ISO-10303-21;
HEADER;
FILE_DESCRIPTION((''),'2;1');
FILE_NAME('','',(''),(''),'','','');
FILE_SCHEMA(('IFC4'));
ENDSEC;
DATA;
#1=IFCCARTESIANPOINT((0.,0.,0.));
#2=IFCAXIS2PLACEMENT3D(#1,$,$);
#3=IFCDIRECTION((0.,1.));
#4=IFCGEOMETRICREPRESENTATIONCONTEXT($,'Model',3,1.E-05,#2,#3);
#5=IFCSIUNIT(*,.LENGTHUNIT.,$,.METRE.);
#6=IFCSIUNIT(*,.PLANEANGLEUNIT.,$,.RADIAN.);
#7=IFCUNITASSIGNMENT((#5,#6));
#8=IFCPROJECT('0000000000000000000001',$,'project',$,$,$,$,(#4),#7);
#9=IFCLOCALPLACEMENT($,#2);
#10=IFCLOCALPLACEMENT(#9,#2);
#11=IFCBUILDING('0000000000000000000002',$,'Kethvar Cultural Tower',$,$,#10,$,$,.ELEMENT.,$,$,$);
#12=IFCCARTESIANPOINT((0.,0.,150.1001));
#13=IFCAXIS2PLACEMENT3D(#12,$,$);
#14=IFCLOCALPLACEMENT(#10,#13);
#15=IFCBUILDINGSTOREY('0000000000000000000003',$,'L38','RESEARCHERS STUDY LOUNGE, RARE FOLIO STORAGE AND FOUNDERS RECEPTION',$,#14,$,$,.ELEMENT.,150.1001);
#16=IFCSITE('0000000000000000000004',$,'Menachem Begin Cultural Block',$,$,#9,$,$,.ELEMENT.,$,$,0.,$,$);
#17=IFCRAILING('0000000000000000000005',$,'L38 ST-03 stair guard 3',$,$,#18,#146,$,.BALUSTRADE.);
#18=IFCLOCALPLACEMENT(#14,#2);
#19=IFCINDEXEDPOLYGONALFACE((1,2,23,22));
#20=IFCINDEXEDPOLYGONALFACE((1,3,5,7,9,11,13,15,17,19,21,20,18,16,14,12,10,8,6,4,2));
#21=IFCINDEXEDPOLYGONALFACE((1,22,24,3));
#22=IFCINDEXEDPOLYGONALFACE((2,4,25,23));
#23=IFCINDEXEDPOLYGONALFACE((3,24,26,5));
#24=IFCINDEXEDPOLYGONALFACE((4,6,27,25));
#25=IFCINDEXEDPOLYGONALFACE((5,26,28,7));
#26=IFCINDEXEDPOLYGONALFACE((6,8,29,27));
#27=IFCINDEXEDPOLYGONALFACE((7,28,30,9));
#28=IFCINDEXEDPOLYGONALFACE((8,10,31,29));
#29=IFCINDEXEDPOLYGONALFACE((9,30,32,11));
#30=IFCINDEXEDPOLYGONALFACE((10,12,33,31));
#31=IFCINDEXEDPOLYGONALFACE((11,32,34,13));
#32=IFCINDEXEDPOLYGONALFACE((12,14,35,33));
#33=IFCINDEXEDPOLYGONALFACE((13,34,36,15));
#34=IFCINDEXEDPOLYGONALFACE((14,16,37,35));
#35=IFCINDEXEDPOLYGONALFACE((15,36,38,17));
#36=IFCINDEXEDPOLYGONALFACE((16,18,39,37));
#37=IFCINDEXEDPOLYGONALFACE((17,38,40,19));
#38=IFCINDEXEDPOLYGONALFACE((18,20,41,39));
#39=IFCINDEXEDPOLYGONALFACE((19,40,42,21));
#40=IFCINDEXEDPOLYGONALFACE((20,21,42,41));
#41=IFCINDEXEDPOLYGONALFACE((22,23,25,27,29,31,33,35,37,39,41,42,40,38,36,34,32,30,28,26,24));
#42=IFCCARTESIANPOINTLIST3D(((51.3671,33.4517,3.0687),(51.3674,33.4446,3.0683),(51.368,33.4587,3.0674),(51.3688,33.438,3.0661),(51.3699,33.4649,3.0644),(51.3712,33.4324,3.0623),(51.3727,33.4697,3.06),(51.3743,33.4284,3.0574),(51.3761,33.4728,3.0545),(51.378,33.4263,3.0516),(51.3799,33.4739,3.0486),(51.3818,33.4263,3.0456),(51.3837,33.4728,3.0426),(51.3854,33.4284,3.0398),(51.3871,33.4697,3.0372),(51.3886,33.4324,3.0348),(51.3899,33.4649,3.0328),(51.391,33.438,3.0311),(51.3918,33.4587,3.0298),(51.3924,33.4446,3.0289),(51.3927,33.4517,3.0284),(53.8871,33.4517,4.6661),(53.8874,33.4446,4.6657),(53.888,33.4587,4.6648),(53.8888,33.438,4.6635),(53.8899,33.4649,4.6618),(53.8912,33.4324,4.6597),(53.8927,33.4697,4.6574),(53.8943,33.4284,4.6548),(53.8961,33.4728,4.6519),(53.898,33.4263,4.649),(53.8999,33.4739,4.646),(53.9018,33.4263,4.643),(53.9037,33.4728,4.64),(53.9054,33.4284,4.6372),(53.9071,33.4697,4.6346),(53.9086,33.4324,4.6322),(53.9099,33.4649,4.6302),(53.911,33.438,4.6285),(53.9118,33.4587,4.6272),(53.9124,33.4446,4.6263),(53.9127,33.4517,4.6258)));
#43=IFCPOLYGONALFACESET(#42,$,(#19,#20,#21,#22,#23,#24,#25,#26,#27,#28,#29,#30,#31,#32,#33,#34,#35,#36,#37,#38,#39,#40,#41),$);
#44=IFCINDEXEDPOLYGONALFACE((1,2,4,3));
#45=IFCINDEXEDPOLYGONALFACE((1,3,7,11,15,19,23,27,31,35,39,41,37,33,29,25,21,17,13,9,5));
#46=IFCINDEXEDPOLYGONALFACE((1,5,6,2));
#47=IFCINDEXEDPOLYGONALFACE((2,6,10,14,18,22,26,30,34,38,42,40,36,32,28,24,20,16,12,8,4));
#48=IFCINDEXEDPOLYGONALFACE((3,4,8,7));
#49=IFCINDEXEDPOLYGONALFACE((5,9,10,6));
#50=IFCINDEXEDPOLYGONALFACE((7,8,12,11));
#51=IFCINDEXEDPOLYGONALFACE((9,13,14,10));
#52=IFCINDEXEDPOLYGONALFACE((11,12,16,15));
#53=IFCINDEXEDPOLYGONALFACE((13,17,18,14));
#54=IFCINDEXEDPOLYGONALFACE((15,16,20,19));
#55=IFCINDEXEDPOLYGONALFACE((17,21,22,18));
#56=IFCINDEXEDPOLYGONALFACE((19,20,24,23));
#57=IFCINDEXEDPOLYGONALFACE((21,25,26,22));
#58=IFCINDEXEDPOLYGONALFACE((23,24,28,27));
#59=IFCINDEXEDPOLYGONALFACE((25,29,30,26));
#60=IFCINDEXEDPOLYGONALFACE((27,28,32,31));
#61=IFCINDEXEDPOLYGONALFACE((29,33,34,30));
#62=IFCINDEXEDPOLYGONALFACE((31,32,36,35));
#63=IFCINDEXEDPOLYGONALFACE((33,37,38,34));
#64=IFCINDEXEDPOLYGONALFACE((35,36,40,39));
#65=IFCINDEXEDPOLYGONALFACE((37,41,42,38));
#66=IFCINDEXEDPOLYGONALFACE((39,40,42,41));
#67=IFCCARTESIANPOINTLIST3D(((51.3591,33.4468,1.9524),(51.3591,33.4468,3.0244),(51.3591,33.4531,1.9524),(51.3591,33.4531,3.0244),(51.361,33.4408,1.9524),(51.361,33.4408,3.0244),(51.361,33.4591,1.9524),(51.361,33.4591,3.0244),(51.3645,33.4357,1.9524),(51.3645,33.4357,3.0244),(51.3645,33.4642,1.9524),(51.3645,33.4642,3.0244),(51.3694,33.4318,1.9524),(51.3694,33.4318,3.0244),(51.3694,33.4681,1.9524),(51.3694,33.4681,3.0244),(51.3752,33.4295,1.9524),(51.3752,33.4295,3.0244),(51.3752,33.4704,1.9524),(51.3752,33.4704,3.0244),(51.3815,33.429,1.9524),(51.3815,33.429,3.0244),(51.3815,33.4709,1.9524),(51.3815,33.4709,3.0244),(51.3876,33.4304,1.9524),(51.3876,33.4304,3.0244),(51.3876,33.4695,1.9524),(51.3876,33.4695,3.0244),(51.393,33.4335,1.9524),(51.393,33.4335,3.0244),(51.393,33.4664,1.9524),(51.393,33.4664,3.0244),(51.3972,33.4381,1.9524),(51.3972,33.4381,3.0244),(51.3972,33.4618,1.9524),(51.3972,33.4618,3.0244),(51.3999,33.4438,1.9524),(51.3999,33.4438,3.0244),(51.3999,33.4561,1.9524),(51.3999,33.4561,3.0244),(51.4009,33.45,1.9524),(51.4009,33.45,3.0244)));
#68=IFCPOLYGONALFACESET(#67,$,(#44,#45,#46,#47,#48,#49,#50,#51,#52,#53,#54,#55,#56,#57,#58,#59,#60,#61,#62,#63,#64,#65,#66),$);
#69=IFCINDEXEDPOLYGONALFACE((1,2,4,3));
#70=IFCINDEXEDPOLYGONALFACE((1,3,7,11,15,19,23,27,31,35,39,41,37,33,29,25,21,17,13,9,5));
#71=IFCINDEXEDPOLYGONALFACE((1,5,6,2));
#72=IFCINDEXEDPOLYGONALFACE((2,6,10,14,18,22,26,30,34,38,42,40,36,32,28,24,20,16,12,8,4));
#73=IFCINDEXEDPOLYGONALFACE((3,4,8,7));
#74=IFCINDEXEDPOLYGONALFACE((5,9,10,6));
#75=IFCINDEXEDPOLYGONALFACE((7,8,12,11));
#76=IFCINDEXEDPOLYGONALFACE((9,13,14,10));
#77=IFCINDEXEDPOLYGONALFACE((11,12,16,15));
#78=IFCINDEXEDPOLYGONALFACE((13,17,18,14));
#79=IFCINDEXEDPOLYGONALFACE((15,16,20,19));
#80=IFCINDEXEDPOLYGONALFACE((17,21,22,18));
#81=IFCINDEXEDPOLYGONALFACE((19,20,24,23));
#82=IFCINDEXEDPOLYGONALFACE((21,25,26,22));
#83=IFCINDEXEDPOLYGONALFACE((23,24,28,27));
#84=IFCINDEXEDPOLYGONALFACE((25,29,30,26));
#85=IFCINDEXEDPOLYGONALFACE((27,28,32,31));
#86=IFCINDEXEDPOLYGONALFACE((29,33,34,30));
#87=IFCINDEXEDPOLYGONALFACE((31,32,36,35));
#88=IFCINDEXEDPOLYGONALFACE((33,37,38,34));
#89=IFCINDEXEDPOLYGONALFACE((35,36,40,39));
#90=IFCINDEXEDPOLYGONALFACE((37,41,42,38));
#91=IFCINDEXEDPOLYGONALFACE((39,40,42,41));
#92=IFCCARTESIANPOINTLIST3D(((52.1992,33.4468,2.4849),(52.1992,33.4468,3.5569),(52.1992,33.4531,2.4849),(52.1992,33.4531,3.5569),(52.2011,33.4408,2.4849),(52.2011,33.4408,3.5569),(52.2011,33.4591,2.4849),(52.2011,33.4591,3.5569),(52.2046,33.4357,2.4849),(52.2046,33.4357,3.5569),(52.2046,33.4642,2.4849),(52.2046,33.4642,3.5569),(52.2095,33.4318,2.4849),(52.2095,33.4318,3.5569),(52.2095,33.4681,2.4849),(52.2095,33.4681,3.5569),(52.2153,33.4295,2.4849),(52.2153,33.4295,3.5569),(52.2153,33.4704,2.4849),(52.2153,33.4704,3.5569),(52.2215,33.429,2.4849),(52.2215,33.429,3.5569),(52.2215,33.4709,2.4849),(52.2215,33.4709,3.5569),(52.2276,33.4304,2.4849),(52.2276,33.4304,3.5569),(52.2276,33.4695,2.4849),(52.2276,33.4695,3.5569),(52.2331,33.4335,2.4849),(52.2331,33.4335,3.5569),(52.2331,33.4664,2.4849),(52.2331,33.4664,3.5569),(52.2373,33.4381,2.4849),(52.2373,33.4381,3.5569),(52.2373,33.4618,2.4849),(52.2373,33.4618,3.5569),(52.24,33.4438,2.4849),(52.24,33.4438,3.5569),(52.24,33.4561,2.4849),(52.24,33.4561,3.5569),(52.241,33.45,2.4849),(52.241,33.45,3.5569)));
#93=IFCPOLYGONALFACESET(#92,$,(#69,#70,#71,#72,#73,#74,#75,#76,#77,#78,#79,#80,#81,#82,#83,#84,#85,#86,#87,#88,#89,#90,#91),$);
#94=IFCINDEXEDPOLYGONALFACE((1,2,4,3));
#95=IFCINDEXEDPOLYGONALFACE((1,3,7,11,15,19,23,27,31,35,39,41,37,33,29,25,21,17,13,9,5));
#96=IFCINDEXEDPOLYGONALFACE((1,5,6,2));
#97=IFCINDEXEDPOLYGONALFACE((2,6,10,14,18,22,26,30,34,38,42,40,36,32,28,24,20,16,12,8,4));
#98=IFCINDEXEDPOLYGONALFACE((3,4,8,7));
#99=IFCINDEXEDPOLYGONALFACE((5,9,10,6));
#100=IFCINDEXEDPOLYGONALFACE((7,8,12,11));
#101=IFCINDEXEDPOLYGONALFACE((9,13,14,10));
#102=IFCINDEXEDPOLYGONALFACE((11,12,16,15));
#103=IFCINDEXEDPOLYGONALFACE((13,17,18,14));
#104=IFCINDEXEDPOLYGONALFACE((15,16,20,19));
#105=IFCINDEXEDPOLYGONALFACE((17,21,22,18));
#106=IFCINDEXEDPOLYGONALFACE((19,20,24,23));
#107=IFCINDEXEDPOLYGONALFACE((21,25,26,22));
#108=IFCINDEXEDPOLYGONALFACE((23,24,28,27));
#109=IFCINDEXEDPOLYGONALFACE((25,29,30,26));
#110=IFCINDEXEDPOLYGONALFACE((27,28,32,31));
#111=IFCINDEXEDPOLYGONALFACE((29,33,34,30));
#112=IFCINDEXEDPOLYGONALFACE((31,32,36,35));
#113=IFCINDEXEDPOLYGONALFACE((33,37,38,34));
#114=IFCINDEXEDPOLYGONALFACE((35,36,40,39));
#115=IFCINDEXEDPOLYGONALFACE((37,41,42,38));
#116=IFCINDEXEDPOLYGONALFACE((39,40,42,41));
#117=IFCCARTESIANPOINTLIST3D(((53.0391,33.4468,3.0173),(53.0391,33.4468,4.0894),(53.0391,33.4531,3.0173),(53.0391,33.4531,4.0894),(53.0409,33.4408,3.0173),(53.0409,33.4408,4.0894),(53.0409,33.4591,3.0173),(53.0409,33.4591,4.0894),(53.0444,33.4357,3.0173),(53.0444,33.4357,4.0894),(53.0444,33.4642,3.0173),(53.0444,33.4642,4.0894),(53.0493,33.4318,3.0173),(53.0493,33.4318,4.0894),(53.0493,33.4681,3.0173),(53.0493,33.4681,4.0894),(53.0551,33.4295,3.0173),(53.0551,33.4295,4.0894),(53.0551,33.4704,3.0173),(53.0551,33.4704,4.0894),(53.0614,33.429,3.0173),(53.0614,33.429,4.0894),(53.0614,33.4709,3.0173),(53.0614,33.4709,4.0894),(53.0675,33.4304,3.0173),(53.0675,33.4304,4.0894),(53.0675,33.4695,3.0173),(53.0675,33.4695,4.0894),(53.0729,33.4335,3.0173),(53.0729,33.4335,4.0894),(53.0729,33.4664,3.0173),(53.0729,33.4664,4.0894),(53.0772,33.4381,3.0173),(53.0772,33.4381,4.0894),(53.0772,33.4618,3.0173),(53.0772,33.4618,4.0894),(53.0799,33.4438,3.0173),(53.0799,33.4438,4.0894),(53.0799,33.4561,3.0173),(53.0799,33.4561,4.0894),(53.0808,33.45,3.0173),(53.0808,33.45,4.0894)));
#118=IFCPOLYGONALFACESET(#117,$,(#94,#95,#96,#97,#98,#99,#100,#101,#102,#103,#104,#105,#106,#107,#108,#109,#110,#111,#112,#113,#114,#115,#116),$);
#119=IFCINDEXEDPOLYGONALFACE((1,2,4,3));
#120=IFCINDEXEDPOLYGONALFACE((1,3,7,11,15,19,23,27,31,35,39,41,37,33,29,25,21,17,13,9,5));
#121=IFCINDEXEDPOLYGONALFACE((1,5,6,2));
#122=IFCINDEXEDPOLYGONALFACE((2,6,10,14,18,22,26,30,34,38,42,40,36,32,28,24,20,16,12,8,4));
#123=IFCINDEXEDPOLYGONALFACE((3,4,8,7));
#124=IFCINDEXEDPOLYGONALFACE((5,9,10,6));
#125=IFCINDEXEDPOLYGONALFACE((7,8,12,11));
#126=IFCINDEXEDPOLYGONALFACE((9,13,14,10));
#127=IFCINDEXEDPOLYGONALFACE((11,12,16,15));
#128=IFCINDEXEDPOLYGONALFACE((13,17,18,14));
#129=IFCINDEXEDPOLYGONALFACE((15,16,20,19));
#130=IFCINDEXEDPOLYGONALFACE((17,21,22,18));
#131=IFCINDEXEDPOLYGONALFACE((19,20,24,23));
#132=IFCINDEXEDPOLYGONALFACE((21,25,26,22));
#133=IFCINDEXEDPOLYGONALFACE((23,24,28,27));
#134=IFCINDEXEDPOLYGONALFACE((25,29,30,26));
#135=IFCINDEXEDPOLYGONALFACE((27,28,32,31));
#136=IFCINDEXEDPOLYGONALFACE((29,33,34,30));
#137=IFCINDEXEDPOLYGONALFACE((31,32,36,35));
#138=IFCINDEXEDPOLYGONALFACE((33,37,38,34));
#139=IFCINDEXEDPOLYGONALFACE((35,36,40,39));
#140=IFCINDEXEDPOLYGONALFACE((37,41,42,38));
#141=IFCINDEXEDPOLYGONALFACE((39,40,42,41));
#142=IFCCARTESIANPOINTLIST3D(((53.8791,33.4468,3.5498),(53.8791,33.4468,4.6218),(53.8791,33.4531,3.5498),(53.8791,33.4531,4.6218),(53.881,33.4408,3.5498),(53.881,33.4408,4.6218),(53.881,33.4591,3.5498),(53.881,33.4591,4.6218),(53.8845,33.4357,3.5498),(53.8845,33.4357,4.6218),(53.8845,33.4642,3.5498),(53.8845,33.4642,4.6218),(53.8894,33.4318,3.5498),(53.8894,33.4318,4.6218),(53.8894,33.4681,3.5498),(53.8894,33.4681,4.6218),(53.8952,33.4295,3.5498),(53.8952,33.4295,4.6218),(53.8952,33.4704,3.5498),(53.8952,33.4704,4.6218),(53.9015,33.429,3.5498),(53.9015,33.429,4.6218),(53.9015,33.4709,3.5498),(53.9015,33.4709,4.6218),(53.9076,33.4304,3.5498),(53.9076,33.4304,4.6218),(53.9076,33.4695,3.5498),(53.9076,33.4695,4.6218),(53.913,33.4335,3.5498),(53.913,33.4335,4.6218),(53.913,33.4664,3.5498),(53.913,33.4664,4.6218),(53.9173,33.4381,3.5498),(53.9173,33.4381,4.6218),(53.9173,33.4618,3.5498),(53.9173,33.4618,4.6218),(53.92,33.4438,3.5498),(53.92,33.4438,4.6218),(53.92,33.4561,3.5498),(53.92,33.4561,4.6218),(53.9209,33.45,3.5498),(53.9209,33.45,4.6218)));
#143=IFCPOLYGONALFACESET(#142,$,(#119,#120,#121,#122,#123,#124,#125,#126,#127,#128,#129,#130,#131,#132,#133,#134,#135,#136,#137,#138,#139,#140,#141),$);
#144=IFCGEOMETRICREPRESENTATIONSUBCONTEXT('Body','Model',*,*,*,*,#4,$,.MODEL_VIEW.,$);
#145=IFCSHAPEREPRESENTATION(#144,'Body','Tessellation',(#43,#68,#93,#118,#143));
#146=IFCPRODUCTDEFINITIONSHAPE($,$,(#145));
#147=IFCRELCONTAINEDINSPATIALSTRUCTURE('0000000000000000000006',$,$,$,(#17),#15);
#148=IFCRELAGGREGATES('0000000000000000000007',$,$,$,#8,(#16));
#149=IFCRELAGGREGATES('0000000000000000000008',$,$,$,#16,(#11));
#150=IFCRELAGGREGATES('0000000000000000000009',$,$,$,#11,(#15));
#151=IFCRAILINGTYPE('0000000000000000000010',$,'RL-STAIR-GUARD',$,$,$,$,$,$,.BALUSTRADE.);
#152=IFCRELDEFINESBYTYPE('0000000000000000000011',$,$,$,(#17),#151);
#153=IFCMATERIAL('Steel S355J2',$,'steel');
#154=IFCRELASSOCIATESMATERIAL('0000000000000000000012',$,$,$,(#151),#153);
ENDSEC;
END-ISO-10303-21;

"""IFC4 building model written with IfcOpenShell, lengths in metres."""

from ifc_helpers import new_model, si_unit, direction, frame, origin, origin_2d, place, context, subcontext, project, spatial, circle, extrude, material, type_object, element, save


model = new_model("IFC4")

# Units and contexts
model_context = context("Model", 3, precision=1e-05, world=origin(), true_north=direction((0.0, 1.0)))
body_context = subcontext(model_context, "Body", "Model", "MODEL_VIEW")
ifc_project = project(units=[si_unit("LENGTHUNIT", "METRE"), si_unit("PLANEANGLEUNIT", "RADIAN")], contexts=[model_context])

# Site, building, storey
site_placement = place(None, origin())
site = spatial("IfcSite", under=ifc_project, at=site_placement, Name="Menachem Begin Cultural Block", CompositionType="ELEMENT", RefElevation=0.0)
building_placement = place(site_placement, origin())
building = spatial("IfcBuilding", under=site, at=building_placement, Name="Kethvar Cultural Tower", CompositionType="ELEMENT")
storey_placement = place(building_placement, frame((0.0, 0.0, 150.1001)))
storey = spatial("IfcBuildingStorey", under=building, at=storey_placement, Name="L38", Description="RESEARCHERS STUDY LOUNGE, RARE FOLIO STORAGE AND FOUNDERS RECEPTION", CompositionType="ELEMENT", Elevation=150.1001)

# Shared definitions
ifc_material_1 = material(Name="Steel S355J2", Category="steel")

# Railing
railing_type_1 = type_object("IfcRailingType", Name="RL-STAIR-GUARD", PredefinedType="BALUSTRADE", material=ifc_material_1)
railing_1_placement = place(storey_placement, frame((51.3799, 33.45, 1.9524)))
element("IfcRailing", 1, at=railing_1_placement, inside=storey, type_object=railing_type_1, Name="L38 ST-03 stair guard 3", PredefinedType="BALUSTRADE", context=body_context, shape_type="SweptSolid", body=[
    extrude(circle(Radius=0.0239, at=origin_2d()), frame((0.0, 0.0, 1.0962), z_axis=(0.844607, 0.0, 0.535387), x_axis=(0.0, 1.0, 0.0)), (0.0, 0.0, 1.0), 2.9836),
    extrude(circle(Radius=0.021, at=origin_2d()), origin(), (0.0, 0.0, 1.0), 1.072),
    extrude(circle(Radius=0.021, at=origin_2d()), frame((0.8401, 0.0, 0.5325)), (0.0, 0.0, 1.0), 1.072),
    extrude(circle(Radius=0.021, at=origin_2d()), frame((1.6799, 0.0, 1.0649)), (0.0, 0.0, 1.0), 1.072),
    extrude(circle(Radius=0.021, at=origin_2d()), frame((2.52, 0.0, 1.5974)), (0.0, 0.0, 1.0), 1.072),
])

save(model, "model.ifc")
